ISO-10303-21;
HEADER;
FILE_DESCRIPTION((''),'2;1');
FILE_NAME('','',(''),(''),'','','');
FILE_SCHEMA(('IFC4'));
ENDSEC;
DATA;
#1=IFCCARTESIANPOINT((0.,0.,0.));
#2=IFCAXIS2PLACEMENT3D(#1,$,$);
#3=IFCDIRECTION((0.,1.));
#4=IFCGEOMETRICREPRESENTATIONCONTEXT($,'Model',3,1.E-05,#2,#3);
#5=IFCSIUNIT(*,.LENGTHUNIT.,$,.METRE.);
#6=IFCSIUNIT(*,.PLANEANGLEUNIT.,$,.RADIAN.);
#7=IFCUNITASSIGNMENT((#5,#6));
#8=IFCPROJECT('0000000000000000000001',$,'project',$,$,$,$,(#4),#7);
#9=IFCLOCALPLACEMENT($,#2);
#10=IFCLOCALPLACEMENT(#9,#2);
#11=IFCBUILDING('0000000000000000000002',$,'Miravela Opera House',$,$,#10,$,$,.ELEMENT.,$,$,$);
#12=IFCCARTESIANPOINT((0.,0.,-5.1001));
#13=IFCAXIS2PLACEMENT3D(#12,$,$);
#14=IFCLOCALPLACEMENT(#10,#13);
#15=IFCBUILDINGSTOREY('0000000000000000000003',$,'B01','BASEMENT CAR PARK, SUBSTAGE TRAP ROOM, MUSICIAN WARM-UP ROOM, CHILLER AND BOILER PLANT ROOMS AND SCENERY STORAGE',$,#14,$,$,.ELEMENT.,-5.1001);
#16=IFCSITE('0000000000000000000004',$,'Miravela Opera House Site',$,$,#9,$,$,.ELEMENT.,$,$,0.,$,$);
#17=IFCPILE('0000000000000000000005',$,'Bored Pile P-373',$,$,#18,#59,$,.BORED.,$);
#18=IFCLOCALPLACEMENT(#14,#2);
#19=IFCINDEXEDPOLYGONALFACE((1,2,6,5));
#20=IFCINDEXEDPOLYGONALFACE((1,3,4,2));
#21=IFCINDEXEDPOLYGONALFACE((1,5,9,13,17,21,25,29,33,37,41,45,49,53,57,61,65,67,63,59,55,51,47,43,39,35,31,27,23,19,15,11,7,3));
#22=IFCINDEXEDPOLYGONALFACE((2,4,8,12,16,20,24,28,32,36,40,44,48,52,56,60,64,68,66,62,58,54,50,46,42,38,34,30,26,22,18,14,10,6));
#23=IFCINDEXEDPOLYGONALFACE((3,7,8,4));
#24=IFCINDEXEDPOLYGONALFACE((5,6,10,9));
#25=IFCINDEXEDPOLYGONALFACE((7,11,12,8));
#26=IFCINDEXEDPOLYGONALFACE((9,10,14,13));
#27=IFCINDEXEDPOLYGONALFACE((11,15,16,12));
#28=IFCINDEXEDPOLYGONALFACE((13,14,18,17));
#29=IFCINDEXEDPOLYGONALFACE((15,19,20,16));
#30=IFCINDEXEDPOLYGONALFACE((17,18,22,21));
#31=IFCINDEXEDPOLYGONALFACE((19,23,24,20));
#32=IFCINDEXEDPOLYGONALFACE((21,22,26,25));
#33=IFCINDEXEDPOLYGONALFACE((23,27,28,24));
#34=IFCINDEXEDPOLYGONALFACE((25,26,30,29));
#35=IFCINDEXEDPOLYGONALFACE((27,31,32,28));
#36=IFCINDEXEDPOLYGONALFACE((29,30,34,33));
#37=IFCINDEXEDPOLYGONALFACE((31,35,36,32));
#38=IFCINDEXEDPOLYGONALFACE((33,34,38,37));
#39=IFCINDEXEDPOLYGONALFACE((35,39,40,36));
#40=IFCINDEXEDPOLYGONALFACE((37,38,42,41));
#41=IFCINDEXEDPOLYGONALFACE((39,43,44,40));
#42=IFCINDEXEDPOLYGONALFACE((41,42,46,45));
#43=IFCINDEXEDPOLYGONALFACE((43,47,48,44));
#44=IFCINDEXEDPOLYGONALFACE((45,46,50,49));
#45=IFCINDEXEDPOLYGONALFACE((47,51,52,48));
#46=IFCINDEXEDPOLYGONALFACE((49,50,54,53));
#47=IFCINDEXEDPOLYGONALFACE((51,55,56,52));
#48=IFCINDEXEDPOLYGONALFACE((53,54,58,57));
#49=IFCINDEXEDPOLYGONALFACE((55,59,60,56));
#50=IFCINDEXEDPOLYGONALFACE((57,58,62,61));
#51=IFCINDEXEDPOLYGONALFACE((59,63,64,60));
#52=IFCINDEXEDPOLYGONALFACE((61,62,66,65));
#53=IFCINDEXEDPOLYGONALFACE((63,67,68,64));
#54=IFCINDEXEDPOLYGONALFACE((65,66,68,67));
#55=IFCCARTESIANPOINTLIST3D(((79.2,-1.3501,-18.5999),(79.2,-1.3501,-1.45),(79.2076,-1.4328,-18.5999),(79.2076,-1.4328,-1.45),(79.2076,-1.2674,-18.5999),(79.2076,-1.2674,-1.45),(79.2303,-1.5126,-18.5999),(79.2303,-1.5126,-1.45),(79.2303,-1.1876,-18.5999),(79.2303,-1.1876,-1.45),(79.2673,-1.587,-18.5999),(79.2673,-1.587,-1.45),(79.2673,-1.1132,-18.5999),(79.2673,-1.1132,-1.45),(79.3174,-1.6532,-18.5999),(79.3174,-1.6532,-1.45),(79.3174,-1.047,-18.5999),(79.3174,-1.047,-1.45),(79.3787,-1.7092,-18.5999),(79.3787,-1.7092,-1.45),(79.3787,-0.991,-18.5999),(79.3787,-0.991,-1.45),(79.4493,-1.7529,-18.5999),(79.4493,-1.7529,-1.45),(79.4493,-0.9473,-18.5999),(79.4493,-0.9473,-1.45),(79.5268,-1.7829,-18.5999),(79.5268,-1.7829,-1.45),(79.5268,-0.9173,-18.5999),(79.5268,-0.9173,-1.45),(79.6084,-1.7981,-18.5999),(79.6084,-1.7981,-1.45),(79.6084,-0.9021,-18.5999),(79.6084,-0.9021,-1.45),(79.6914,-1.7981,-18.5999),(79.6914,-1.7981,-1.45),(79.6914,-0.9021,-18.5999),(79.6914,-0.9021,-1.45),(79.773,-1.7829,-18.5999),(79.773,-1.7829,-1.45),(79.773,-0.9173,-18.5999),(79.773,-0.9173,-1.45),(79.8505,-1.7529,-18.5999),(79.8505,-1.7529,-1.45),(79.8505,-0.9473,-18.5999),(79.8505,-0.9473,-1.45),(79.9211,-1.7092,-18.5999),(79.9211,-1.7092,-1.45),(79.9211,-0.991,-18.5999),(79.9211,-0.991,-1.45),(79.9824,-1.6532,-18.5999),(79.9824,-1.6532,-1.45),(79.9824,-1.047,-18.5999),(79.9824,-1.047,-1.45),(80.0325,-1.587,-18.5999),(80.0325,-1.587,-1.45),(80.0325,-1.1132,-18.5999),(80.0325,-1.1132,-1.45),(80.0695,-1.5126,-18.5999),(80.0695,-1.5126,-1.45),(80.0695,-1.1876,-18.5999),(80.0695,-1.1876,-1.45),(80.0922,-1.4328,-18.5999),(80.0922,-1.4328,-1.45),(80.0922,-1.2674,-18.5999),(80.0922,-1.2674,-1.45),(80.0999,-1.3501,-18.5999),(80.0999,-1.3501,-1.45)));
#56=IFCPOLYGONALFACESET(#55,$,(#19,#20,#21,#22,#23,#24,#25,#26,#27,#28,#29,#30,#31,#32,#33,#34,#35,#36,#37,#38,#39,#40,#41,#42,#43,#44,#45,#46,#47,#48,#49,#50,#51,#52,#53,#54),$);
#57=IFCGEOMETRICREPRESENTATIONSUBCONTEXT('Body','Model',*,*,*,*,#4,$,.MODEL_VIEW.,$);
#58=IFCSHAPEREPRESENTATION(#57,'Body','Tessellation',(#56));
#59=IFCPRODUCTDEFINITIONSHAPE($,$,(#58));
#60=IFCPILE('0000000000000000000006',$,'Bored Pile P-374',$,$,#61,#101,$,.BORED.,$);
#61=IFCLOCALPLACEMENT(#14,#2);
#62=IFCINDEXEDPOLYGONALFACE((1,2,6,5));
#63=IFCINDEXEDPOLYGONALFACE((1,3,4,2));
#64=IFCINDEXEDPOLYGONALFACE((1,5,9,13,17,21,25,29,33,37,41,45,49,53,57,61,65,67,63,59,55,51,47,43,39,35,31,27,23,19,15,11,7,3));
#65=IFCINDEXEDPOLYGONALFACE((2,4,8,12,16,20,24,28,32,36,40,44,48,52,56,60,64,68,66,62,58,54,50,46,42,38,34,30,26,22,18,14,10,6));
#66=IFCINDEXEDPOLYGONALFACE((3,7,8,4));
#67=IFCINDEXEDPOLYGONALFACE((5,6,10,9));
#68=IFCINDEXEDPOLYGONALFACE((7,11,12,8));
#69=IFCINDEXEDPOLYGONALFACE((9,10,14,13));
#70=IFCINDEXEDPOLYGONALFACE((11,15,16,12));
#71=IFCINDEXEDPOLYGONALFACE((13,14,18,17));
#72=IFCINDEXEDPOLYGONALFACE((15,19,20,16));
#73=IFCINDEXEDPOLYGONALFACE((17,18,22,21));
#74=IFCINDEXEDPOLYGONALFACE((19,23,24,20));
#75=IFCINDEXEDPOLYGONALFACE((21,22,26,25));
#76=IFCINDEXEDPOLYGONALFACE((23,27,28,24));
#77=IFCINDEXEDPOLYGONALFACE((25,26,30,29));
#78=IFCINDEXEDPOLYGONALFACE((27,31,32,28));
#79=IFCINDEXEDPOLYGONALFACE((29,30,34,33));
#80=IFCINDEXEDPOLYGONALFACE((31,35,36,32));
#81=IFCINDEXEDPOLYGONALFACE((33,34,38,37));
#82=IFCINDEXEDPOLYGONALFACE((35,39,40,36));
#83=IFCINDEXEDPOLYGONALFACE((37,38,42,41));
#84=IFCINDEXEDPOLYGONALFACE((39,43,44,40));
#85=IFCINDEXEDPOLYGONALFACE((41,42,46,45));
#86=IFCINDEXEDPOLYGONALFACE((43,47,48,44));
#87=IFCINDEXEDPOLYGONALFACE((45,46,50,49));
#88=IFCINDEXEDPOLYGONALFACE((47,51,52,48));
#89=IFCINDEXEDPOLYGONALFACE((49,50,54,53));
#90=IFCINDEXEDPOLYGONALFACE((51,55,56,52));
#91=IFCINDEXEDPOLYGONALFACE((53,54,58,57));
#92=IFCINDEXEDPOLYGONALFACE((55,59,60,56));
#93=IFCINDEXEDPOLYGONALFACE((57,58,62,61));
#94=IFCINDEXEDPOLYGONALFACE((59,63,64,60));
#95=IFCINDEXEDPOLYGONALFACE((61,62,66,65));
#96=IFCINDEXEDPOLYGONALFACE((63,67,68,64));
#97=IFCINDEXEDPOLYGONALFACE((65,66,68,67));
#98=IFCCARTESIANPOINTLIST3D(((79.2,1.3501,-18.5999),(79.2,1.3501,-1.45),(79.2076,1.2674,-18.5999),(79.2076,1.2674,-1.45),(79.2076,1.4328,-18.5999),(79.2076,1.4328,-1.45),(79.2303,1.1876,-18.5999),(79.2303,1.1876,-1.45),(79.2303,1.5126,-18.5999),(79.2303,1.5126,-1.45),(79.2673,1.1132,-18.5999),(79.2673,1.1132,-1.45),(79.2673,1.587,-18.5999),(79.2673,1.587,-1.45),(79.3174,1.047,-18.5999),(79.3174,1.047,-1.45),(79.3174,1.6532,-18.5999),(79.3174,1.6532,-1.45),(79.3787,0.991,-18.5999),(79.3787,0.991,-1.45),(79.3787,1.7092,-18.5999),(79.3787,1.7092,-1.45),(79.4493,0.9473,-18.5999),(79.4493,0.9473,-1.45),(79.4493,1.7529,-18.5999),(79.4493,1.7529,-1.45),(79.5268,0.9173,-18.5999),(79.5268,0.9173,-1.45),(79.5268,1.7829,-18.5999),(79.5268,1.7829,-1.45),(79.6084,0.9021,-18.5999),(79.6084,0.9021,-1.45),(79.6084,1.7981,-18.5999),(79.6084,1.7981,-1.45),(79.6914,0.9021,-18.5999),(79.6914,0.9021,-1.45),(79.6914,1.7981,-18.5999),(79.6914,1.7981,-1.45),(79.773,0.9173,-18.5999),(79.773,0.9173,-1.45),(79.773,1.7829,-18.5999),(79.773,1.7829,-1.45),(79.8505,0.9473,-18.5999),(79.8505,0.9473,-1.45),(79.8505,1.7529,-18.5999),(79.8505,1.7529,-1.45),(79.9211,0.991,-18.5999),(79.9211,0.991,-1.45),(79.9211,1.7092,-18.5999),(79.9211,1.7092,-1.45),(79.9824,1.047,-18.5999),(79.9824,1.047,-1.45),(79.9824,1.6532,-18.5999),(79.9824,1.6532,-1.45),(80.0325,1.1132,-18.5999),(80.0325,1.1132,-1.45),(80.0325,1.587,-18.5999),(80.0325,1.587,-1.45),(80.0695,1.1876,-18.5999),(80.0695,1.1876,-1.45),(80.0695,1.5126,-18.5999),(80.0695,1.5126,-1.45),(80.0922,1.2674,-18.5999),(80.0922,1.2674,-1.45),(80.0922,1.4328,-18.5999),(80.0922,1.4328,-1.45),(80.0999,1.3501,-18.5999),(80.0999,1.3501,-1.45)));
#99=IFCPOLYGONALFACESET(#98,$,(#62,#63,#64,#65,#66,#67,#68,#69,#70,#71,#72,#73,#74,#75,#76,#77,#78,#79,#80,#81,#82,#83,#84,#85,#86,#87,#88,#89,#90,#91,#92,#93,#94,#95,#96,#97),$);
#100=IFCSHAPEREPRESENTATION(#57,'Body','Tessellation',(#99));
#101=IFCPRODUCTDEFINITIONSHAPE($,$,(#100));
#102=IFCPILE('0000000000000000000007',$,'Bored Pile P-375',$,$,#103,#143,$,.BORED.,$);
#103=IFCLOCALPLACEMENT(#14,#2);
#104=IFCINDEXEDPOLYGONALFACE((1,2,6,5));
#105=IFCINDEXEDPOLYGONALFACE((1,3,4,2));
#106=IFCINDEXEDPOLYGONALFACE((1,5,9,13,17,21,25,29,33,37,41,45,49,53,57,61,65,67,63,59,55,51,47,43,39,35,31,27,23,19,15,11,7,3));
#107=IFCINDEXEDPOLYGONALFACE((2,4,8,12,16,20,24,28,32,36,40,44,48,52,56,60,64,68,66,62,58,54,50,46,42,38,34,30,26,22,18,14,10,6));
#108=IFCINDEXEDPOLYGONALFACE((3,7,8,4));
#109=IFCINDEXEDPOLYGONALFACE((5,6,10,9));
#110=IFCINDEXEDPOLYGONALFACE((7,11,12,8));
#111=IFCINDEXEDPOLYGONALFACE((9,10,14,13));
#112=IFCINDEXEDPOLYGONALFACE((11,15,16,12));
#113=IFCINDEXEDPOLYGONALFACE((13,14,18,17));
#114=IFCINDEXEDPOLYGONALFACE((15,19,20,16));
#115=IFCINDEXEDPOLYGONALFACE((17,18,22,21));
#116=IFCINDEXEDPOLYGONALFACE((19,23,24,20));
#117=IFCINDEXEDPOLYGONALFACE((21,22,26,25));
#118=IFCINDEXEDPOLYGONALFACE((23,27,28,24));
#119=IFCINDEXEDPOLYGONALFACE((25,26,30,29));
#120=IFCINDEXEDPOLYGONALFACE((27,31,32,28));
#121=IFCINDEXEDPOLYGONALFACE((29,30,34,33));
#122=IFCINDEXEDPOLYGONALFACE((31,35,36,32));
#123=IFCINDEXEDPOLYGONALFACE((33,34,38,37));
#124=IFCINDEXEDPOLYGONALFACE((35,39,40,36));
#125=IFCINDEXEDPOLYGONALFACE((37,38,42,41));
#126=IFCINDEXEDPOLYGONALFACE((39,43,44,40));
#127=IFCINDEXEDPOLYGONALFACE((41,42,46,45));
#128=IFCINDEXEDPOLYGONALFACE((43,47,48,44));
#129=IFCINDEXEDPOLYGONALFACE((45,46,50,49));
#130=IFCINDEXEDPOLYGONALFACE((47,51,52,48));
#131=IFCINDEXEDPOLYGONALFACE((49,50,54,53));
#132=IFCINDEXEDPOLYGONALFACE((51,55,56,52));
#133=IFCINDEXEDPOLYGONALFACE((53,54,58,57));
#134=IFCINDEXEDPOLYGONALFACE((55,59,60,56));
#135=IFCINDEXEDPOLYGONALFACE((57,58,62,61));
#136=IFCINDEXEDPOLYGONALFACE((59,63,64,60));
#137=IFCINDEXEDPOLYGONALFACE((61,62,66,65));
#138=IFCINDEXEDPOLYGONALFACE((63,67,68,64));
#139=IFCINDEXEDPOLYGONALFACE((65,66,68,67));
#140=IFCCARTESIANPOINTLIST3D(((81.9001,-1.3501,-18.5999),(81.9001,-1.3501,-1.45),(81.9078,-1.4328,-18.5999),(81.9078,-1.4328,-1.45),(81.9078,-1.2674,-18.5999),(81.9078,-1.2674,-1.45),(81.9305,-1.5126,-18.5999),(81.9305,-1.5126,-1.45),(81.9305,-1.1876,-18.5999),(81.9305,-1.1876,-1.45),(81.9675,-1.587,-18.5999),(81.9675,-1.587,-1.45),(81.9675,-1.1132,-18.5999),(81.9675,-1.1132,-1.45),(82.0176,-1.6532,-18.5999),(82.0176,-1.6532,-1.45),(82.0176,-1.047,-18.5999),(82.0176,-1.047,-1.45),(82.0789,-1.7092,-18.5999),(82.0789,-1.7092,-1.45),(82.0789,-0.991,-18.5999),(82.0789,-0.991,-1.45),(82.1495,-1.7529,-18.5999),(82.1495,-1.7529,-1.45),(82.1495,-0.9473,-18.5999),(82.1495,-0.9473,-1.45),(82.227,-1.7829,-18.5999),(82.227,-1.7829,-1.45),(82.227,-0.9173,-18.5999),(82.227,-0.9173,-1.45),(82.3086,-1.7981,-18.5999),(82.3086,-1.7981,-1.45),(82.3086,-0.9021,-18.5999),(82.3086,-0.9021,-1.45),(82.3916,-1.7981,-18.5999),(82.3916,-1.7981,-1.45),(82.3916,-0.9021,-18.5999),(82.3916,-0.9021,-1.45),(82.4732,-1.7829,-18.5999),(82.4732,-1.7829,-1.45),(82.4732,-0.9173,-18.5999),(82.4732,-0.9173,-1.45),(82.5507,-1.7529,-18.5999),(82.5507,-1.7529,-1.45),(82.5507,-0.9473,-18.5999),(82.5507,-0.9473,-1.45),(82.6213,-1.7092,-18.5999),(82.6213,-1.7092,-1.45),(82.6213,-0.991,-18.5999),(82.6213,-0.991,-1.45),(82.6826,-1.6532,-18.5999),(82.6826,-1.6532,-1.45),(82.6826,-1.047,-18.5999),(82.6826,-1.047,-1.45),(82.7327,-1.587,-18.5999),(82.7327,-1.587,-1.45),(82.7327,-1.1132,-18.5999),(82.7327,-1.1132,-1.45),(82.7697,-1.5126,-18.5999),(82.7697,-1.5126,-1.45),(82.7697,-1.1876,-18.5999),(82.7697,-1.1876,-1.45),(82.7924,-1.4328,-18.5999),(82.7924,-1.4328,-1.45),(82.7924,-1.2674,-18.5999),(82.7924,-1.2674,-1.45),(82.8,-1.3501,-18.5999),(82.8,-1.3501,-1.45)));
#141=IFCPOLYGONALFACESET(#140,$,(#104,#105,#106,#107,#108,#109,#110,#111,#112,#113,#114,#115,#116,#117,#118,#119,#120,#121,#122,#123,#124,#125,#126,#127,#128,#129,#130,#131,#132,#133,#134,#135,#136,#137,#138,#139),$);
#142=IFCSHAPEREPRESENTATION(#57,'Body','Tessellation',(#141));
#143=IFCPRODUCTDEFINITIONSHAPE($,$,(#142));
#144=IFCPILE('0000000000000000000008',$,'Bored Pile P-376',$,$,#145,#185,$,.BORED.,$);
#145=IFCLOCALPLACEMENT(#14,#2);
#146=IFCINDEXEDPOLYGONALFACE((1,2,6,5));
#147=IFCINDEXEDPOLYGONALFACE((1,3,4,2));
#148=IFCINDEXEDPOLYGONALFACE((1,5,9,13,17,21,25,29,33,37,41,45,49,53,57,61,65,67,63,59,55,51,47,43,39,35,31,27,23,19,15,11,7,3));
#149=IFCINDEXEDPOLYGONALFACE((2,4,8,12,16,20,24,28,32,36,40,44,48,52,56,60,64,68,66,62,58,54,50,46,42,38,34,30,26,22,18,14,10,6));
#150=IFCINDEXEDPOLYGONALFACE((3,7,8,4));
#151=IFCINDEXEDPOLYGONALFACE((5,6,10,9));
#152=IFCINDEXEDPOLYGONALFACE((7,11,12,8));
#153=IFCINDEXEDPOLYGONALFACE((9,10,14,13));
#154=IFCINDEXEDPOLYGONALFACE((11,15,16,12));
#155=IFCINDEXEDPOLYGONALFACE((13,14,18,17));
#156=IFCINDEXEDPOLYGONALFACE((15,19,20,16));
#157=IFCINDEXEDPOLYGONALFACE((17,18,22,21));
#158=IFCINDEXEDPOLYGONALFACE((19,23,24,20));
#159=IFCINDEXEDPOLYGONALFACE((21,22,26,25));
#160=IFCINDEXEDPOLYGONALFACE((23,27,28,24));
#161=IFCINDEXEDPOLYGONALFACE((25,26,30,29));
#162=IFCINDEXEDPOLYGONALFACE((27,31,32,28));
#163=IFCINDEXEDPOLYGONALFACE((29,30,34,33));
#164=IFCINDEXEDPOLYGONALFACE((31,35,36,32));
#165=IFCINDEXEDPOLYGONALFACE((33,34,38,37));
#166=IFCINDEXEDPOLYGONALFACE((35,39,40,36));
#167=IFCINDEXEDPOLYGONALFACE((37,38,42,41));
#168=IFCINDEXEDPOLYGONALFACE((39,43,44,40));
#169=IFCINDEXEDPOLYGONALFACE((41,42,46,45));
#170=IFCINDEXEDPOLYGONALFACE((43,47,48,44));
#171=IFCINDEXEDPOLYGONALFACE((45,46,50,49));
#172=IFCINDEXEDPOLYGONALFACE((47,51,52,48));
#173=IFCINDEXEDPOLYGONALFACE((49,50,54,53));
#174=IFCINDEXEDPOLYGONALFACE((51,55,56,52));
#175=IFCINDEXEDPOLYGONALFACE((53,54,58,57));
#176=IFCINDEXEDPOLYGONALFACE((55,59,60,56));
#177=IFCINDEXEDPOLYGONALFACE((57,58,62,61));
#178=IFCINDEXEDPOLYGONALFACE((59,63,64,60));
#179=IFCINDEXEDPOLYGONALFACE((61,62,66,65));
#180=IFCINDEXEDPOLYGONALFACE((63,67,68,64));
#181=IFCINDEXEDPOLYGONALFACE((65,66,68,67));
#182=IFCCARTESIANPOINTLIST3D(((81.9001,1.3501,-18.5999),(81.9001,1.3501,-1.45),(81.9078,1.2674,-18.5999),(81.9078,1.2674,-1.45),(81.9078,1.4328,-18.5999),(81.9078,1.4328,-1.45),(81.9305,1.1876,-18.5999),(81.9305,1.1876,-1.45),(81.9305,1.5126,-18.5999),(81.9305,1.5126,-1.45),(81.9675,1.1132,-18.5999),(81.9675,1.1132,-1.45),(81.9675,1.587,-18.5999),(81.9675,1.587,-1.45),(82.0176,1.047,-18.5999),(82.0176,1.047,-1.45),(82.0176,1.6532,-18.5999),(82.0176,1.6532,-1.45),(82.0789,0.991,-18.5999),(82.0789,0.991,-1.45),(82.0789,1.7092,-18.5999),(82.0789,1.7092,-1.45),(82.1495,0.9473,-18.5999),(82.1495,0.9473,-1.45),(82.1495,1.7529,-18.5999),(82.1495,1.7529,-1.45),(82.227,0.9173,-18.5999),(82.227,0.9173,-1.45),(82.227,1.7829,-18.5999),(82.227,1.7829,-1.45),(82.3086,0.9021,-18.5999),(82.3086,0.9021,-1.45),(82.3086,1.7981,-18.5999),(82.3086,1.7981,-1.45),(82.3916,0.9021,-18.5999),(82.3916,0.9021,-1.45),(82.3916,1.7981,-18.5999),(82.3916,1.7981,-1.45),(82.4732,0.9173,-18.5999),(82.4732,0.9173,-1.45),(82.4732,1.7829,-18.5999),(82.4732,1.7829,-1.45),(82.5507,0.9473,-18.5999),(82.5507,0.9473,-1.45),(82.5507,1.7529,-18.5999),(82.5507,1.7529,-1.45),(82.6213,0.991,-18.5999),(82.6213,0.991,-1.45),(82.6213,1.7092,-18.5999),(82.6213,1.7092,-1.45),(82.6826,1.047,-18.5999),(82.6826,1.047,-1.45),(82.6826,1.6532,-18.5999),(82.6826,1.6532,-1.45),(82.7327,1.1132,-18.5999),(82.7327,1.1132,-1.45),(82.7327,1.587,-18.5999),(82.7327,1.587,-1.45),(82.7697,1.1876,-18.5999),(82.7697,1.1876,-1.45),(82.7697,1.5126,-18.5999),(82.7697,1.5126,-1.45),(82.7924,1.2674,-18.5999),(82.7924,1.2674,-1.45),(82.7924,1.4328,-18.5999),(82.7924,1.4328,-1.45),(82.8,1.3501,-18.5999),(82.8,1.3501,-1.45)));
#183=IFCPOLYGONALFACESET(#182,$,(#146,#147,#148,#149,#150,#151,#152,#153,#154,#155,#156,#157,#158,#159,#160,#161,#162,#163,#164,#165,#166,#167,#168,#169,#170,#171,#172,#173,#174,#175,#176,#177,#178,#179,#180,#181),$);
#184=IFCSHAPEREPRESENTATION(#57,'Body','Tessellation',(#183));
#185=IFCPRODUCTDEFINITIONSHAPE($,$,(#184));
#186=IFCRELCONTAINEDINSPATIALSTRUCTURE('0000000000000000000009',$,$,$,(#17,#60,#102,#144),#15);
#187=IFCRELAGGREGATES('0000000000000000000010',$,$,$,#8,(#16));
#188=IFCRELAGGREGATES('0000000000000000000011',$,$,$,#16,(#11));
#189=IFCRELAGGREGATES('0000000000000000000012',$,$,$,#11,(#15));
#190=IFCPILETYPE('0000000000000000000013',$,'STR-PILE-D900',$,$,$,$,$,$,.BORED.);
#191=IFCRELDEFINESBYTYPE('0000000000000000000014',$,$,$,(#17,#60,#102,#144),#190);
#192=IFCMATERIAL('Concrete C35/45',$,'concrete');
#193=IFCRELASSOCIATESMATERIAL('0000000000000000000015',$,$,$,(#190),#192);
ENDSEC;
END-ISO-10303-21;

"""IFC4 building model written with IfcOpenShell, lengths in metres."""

from ifc_helpers import new_model, si_unit, direction, frame, origin, origin_2d, place, context, subcontext, project, spatial, circle, extrude, material, material_profile, profile_set, type_object, element, save


model = new_model("IFC4")

# Units and contexts
model_context = context("Model", 3, precision=1e-05, world=origin(), true_north=direction((0.0, 1.0)))
body_context = subcontext(model_context, "Body", "Model", "MODEL_VIEW")
ifc_project = project(units=[si_unit("LENGTHUNIT", "METRE"), si_unit("PLANEANGLEUNIT", "RADIAN")], contexts=[model_context])

# Site, building, storey
site_placement = place(None, origin())
site = spatial("IfcSite", under=ifc_project, at=site_placement, Name="Miravela Opera House Site", CompositionType="ELEMENT", RefElevation=0.0)
building_placement = place(site_placement, origin())
building = spatial("IfcBuilding", under=site, at=building_placement, Name="Miravela Opera House", CompositionType="ELEMENT")
storey_placement = place(building_placement, frame((0.0, 0.0, -5.1001)))
storey = spatial("IfcBuildingStorey", under=building, at=storey_placement, Name="B01", Description="BASEMENT CAR PARK, SUBSTAGE TRAP ROOM, MUSICIAN WARM-UP ROOM, CHILLER AND BOILER PLANT ROOMS AND SCENERY STORAGE", CompositionType="ELEMENT", Elevation=-5.1001)

# Shared definitions
ifc_material_1 = material(Name="Concrete C35/45", Category="concrete")

# Piles
ifc_material_profile_1 = material_profile(ifc_material_1, circle(Radius=0.45, at=origin_2d()), Name="PILE-D900")
ifc_profile_set_1 = profile_set([ifc_material_profile_1])
pile_type_1 = type_object("IfcPileType", Name="STR-PILE-D900", PredefinedType="BORED", material=ifc_profile_set_1)
for number, where, z_axis, x_axis, name in (
    (1, (79.6499, -1.3501, -1.45), (0.0, 0.0, -1.0), (1.0, 0.0, 0.0), "Bored Pile P-373"),
    (2, (79.6499, 1.3501, -1.45), (0.0, 0.0, -1.0), (1.0, 0.0, 0.0), "Bored Pile P-374"),
    (3, (82.3501, -1.3501, -1.45), (0.0, 0.0, -1.0), (1.0, 0.0, 0.0), "Bored Pile P-375"),
    (4, (82.3501, 1.3501, -1.45), (0.0, 0.0, -1.0), (1.0, 0.0, 0.0), "Bored Pile P-376"),
):
    element("IfcPile", number, at=place(storey_placement, frame(where, z_axis=z_axis, x_axis=x_axis)), inside=storey, type_object=pile_type_1, Name=name, PredefinedType="BORED", context=body_context, shape_type="SweptSolid", body=[
        extrude(circle(Radius=0.45, at=origin_2d()), origin(), (0.0, 0.0, 1.0), 17.1499),
    ])

save(model, "model.ifc")
